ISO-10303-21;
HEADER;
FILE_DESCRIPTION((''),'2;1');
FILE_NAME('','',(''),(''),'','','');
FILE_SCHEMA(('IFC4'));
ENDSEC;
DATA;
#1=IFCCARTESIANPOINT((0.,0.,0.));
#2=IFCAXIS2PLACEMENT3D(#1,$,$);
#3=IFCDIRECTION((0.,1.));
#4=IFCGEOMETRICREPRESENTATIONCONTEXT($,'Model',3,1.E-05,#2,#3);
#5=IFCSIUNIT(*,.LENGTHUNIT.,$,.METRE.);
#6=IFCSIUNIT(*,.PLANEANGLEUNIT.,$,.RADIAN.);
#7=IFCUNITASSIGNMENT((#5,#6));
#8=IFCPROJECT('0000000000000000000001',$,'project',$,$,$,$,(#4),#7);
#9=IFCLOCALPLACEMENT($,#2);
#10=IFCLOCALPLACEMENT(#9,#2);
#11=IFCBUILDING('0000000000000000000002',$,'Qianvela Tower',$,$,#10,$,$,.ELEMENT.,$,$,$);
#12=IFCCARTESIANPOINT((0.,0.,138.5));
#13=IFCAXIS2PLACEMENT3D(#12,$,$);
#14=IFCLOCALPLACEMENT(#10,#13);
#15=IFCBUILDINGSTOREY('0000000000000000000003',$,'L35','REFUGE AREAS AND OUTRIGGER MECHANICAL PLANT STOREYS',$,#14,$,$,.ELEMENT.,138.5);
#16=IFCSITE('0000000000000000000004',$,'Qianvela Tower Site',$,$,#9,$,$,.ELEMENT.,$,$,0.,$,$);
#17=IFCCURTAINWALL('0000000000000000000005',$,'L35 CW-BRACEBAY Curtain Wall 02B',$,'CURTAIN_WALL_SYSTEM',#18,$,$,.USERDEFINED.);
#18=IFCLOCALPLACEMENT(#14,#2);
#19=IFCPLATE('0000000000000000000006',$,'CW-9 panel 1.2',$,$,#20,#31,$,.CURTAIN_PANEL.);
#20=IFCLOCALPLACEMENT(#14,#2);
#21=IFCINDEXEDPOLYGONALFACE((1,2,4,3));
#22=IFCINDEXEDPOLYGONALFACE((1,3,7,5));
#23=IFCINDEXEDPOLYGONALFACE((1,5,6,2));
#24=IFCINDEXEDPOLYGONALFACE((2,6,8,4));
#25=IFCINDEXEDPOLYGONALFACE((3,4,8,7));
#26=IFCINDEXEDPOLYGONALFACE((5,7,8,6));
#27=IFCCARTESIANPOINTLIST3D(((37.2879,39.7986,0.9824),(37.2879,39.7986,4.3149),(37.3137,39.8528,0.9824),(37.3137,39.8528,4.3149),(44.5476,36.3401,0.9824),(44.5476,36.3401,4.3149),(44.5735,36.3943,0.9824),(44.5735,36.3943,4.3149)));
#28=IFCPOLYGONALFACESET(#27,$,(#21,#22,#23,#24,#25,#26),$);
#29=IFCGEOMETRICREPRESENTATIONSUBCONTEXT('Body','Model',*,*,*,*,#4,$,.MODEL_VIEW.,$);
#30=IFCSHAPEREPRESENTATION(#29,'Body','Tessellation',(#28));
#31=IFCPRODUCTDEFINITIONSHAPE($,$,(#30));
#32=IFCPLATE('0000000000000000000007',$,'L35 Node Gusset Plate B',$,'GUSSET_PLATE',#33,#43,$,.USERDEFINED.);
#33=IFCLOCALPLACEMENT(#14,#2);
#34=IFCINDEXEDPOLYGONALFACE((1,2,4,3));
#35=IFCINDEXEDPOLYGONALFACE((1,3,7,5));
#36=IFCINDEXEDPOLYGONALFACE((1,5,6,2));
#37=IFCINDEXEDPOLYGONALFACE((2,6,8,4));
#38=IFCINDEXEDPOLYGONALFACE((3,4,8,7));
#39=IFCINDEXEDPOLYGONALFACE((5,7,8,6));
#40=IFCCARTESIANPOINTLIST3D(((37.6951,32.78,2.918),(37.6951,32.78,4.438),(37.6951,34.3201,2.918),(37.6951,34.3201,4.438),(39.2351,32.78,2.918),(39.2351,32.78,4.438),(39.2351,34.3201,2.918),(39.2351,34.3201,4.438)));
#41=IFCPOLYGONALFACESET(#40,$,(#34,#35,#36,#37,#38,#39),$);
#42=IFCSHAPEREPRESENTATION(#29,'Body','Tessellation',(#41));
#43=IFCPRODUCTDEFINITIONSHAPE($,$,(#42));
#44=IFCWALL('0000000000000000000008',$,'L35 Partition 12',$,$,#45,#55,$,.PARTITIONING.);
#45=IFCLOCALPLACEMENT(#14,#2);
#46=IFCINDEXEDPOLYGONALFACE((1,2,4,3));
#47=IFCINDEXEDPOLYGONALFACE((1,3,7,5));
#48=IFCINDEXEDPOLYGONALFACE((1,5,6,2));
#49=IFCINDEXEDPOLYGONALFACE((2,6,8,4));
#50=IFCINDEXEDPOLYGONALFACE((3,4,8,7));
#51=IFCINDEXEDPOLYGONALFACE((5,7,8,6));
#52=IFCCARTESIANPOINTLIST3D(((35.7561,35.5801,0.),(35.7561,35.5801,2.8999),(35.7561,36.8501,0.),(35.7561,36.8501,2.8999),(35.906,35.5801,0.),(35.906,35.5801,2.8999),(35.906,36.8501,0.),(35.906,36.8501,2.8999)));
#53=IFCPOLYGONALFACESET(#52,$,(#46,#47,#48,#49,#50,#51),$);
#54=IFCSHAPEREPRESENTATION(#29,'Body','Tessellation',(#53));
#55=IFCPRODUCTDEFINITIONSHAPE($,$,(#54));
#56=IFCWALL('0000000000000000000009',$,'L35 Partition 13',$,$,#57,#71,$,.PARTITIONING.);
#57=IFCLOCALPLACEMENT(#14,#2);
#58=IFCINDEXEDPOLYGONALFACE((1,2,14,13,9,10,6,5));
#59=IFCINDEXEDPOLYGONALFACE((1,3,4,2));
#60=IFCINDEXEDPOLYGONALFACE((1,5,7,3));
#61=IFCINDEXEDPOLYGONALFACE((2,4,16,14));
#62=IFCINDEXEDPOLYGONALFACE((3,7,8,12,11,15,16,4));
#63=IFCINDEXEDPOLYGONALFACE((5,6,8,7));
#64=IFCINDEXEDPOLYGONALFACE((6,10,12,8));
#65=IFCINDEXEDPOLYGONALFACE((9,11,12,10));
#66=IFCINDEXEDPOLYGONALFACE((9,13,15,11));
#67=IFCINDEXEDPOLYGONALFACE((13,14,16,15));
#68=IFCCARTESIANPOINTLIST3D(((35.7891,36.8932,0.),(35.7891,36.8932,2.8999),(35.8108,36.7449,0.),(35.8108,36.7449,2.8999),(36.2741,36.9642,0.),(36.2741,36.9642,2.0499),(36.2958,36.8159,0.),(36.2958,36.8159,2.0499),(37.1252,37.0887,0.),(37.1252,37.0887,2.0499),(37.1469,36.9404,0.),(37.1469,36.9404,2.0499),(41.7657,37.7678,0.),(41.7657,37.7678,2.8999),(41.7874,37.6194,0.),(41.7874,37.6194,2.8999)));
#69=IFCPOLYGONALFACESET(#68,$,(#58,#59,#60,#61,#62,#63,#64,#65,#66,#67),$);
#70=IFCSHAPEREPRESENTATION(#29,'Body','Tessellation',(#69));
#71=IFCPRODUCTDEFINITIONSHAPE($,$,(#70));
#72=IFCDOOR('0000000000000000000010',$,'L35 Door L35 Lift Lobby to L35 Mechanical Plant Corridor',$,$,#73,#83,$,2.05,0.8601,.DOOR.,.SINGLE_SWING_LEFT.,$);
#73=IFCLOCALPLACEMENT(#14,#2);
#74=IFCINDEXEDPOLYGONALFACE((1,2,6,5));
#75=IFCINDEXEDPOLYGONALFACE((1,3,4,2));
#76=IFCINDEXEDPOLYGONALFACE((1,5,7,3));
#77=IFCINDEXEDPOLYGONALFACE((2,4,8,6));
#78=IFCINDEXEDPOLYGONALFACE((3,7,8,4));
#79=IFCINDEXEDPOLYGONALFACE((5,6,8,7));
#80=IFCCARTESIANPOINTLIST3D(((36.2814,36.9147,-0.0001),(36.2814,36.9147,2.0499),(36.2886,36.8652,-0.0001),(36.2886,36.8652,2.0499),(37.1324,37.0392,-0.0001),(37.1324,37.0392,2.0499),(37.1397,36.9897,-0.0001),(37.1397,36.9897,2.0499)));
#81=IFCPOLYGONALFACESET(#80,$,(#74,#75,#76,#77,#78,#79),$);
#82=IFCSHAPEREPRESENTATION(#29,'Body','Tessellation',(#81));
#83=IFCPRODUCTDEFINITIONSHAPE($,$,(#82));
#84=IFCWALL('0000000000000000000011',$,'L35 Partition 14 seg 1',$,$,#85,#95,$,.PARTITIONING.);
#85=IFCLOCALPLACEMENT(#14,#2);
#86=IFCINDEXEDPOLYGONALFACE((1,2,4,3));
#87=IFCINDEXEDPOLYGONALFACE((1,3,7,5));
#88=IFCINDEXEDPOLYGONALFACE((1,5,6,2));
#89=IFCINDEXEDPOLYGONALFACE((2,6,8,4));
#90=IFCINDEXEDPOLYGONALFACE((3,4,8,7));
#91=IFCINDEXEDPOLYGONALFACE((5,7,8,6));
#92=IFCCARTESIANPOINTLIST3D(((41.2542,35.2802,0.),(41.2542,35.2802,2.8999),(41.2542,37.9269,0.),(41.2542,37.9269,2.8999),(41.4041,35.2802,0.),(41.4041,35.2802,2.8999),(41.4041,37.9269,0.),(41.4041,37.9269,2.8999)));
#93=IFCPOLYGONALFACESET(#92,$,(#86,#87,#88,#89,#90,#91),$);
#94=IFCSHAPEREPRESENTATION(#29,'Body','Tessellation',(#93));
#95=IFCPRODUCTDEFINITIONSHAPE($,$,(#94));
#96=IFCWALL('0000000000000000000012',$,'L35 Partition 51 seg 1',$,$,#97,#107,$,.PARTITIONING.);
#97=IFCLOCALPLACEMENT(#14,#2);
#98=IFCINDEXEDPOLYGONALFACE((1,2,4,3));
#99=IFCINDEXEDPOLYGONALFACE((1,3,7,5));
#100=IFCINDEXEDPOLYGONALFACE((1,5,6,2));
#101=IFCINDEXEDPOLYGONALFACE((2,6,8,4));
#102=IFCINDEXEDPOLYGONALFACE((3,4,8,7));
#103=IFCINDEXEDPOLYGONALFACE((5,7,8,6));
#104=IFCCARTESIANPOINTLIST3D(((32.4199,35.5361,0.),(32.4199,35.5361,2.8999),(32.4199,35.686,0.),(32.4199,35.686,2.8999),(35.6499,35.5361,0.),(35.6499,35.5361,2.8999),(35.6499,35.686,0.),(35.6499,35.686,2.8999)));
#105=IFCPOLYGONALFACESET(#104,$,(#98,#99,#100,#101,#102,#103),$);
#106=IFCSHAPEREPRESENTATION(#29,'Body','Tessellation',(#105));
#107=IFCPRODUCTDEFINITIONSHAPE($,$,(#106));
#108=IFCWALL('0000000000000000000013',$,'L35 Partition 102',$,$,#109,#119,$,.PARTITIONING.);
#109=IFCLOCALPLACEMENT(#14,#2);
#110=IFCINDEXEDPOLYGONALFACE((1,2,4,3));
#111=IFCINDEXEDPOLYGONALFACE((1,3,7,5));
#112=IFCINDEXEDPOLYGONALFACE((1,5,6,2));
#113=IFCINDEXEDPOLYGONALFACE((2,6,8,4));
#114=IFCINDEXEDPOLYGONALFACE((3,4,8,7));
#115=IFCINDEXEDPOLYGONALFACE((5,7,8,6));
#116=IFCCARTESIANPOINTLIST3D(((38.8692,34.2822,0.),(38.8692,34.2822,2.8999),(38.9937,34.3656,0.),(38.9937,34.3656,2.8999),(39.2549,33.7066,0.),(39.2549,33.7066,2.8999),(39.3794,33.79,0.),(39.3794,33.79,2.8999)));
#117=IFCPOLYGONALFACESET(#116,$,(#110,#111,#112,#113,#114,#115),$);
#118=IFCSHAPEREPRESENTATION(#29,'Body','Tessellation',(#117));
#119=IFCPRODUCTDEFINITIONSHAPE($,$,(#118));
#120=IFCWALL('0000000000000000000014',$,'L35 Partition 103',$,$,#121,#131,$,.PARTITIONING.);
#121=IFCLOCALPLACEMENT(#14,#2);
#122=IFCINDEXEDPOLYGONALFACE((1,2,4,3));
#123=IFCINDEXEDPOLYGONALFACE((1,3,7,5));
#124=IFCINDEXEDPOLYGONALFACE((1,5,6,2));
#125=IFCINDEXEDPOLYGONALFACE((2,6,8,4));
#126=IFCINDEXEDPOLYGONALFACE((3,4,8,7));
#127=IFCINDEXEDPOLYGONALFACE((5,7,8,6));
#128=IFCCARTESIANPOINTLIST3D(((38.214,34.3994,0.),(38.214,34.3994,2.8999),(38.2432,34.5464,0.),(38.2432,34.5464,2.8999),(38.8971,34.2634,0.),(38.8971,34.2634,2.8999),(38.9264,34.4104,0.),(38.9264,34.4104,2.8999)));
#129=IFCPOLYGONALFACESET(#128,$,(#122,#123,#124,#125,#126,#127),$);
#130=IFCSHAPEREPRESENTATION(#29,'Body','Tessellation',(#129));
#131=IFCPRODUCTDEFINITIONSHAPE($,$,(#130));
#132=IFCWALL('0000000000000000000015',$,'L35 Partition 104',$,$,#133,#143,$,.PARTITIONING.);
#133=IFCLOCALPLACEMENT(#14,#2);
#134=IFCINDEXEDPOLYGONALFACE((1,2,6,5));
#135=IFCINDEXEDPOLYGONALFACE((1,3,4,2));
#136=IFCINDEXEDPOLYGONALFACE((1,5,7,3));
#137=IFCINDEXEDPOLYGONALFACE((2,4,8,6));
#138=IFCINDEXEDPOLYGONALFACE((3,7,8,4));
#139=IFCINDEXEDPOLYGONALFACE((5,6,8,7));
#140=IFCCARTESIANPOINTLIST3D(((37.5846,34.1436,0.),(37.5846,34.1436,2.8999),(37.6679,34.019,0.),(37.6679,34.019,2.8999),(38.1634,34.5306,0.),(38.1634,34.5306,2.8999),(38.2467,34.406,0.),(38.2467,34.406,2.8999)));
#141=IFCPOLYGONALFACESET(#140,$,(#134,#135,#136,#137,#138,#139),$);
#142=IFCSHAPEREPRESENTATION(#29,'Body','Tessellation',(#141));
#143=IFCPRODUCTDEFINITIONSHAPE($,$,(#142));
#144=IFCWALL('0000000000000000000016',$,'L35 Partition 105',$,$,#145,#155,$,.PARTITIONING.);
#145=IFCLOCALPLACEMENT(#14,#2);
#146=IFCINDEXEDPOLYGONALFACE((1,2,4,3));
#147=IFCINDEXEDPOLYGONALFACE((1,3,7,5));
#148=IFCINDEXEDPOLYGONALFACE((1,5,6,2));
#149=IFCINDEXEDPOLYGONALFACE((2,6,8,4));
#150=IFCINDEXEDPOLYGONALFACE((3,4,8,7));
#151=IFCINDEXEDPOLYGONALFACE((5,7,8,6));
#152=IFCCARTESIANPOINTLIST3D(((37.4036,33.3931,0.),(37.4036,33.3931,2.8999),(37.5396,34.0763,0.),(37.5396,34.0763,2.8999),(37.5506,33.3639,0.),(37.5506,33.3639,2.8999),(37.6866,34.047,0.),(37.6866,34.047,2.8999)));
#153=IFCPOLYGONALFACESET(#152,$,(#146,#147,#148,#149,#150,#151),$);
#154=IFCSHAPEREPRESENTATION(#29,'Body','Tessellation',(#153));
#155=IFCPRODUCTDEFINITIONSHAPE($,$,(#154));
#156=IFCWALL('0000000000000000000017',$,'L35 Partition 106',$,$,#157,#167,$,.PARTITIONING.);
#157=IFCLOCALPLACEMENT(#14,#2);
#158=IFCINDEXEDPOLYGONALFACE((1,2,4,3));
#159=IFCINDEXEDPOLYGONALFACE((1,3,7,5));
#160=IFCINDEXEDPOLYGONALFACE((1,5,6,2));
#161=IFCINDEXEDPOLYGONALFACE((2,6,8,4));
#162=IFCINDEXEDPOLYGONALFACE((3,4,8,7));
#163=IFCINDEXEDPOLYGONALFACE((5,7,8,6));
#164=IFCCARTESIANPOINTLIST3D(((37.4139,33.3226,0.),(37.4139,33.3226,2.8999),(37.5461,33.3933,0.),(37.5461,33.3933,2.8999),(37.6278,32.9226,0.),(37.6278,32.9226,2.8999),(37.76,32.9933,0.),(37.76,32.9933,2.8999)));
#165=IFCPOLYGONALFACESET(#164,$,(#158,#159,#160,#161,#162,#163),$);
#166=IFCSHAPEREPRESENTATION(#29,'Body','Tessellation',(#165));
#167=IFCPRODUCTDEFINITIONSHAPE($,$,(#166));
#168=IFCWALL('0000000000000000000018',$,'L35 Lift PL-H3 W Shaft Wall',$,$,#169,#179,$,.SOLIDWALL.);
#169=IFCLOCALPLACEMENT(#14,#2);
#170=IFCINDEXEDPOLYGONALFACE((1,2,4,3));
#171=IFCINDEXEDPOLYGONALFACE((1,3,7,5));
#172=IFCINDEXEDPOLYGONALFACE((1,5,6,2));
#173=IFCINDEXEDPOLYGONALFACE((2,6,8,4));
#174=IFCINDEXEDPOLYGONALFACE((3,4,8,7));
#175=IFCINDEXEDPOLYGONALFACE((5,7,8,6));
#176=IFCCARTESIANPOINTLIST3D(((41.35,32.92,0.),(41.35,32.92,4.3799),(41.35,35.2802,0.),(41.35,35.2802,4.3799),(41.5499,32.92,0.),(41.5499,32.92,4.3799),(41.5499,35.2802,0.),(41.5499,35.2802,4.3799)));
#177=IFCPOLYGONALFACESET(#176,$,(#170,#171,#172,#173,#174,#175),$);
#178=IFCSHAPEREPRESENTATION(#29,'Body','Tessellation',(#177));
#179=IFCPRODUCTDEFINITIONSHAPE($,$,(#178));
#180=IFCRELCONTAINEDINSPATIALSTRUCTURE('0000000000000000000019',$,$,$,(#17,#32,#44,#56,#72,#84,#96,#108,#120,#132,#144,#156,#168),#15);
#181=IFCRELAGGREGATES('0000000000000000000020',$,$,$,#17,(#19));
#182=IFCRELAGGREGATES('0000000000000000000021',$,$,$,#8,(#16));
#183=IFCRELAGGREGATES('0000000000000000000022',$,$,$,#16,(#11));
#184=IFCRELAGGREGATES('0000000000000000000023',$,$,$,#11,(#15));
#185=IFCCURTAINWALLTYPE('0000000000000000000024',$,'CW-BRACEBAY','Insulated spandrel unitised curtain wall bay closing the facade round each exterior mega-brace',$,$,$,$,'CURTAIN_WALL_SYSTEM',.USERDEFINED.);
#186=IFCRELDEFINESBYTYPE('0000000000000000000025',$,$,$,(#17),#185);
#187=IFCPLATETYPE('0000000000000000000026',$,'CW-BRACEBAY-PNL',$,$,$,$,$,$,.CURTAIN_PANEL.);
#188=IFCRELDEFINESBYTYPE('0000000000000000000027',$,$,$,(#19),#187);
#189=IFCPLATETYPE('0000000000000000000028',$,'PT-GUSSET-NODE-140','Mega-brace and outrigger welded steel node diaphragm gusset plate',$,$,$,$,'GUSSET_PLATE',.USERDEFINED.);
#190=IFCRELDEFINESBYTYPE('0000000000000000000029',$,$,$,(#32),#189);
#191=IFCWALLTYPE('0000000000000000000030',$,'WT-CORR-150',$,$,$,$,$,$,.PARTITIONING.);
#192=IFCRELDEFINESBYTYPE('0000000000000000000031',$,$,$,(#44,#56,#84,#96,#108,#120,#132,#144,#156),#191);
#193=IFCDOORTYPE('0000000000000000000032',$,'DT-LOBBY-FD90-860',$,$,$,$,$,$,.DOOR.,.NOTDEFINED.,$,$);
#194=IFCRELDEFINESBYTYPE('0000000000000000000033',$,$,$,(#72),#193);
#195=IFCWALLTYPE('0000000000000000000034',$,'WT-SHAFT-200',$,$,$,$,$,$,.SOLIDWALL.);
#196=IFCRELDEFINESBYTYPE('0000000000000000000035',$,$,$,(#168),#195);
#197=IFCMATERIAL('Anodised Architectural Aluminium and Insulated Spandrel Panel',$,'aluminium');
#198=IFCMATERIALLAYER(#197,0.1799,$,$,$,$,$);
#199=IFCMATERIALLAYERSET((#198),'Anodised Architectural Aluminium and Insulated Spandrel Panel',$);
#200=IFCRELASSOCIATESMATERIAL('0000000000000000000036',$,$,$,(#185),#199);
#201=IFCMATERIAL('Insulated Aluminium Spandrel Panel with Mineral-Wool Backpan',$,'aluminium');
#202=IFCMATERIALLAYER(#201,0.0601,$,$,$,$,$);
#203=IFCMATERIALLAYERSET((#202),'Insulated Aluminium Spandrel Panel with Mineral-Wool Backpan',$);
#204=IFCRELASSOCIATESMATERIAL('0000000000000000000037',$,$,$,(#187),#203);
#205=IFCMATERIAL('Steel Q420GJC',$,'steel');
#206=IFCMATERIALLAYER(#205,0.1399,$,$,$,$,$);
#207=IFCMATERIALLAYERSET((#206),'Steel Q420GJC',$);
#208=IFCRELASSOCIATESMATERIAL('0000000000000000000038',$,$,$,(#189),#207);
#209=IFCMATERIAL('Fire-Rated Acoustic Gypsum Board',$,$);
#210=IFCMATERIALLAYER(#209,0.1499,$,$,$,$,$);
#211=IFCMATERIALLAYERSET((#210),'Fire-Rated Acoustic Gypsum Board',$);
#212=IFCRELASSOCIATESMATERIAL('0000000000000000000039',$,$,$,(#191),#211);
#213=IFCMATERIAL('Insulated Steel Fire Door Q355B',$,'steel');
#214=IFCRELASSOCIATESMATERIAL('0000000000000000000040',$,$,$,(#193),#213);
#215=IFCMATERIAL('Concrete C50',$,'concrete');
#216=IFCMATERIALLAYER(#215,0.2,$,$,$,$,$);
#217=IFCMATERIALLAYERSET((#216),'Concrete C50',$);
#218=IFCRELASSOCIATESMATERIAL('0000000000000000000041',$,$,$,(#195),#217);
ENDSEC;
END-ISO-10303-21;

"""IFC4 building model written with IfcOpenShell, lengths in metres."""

from ifc_helpers import new_model, si_unit, direction, frame, frame_2d, origin, origin_2d, place, context, subcontext, project, spatial, rectangle, extrude, material, layer, layer_set, type_object, element, fill, aggregate, save


model = new_model("IFC4")

# Units and contexts
model_context = context("Model", 3, precision=1e-05, world=origin(), true_north=direction((0.0, 1.0)))
body_context = subcontext(model_context, "Body", "Model", "MODEL_VIEW")
ifc_project = project(units=[si_unit("LENGTHUNIT", "METRE"), si_unit("PLANEANGLEUNIT", "RADIAN")], contexts=[model_context])

# Site, building, storey
site_placement = place(None, origin())
site = spatial("IfcSite", under=ifc_project, at=site_placement, Name="Qianvela Tower Site", CompositionType="ELEMENT", RefElevation=0.0)
building_placement = place(site_placement, origin())
building = spatial("IfcBuilding", under=site, at=building_placement, Name="Qianvela Tower", CompositionType="ELEMENT")
storey_placement = place(building_placement, frame((0.0, 0.0, 138.5)))
storey = spatial("IfcBuildingStorey", under=building, at=storey_placement, Name="L35", Description="REFUGE AREAS AND OUTRIGGER MECHANICAL PLANT STOREYS", CompositionType="ELEMENT", Elevation=138.5)

# Curtain wall, plate
ifc_material_1 = material(Name="Anodised Architectural Aluminium and Insulated Spandrel Panel", Category="aluminium")
ifc_layer_1 = layer(ifc_material_1, 0.1799)
ifc_layer_set_1 = layer_set([ifc_layer_1], Name="Anodised Architectural Aluminium and Insulated Spandrel Panel")
curtain_wall_type = type_object("IfcCurtainWallType", Name="CW-BRACEBAY", Description="Insulated spandrel unitised curtain wall bay closing the facade round each exterior mega-brace", ElementType="CURTAIN_WALL_SYSTEM", PredefinedType="USERDEFINED", material=ifc_layer_set_1)
curtain_wall_placement = place(storey_placement, origin())
curtain_wall = element("IfcCurtainWall", 1, at=curtain_wall_placement, inside=storey, type_object=curtain_wall_type, Name="L35 CW-BRACEBAY Curtain Wall 02B", ObjectType="CURTAIN_WALL_SYSTEM", PredefinedType="USERDEFINED")
ifc_material_2 = material(Name="Insulated Aluminium Spandrel Panel with Mineral-Wool Backpan", Category="aluminium")
ifc_layer_2 = layer(ifc_material_2, 0.0601)
ifc_layer_set_2 = layer_set([ifc_layer_2], Name="Insulated Aluminium Spandrel Panel with Mineral-Wool Backpan")
plate_type_1 = type_object("IfcPlateType", Name="CW-BRACEBAY-PNL", PredefinedType="CURTAIN_PANEL", material=ifc_layer_set_2)
plate_1_placement = place(storey_placement, frame((40.9307, 38.0964, 0.9824), z_axis=(0.0, 0.0, 1.0), x_axis=(-0.902788, 0.430086, 0.0)))
plate_1 = element("IfcPlate", 2, at=plate_1_placement, type_object=plate_type_1, Name="CW-9 panel 1.2", PredefinedType="CURTAIN_PANEL", context=body_context, shape_type="SweptSolid", body=[
    extrude(rectangle(XDim=8.0415, YDim=0.0601, at=origin_2d()), origin(), (0.0, 0.0, 1.0), 3.3325),
])
aggregate(curtain_wall, [plate_1])

# Plate
ifc_material_3 = material(Name="Steel Q420GJC", Category="steel")
ifc_layer_3 = layer(ifc_material_3, 0.1399)
ifc_layer_set_3 = layer_set([ifc_layer_3], Name="Steel Q420GJC")
plate_type_2 = type_object("IfcPlateType", Name="PT-GUSSET-NODE-140", Description="Mega-brace and outrigger welded steel node diaphragm gusset plate", ElementType="GUSSET_PLATE", PredefinedType="USERDEFINED", material=ifc_layer_set_3)
plate_2_placement = place(storey_placement, frame((38.4651, 33.55, 2.918), z_axis=(0.0, 0.0, 1.0), x_axis=(1.0, 0.0, 0.0)))
element("IfcPlate", 3, at=plate_2_placement, inside=storey, type_object=plate_type_2, Name="L35 Node Gusset Plate B", ObjectType="GUSSET_PLATE", PredefinedType="USERDEFINED", context=body_context, shape_type="SweptSolid", body=[
    extrude(rectangle(XDim=1.54, YDim=1.54, at=origin_2d()), origin(), (0.0, 0.0, 1.0), 1.52),
])

# Shared definitions
ifc_material_4 = material(Name="Fire-Rated Acoustic Gypsum Board")
ifc_layer_4 = layer(ifc_material_4, 0.1499)
ifc_layer_set_4 = layer_set([ifc_layer_4], Name="Fire-Rated Acoustic Gypsum Board")
wall_type_1 = type_object("IfcWallType", Name="WT-CORR-150", PredefinedType="PARTITIONING", material=ifc_layer_set_4)

# Wall
wall_1_placement = place(storey_placement, frame((35.8311, 35.5801, 0.0), z_axis=(0.0, 0.0, 1.0), x_axis=(0.0, 1.0, 0.0)))
element("IfcWall", 4, at=wall_1_placement, inside=storey, type_object=wall_type_1, Name="L35 Partition 12", PredefinedType="PARTITIONING", context=body_context, shape_type="SweptSolid", body=[
    extrude(rectangle(XDim=1.27, YDim=0.1499, at=frame_2d((0.635, 0.0))), origin(), (0.0, 0.0, 1.0), 2.8999),
])

# Wall, opening, door
wall_2_placement = place(storey_placement, frame((35.8, 36.8191, 0.0), z_axis=(0.0, 0.0, 1.0), x_axis=(0.989464, 0.144782, 0.0)))
wall_2 = element("IfcWall", 5, at=wall_2_placement, inside=storey, type_object=wall_type_1, Name="L35 Partition 13", PredefinedType="PARTITIONING", context=body_context, shape_type="SweptSolid", body=[
    extrude(rectangle(XDim=6.0403, YDim=0.1499, at=frame_2d((3.02, 0.0))), origin(), (0.0, 0.0, 1.0), 2.8999),
])
opening_1_placement = place(wall_2_placement, frame((0.49, 0.0, 0.0)))
opening_1 = element("IfcOpeningElement", 6, at=opening_1_placement, cuts=wall_2, PredefinedType="OPENING", context=body_context, shape_type="SweptSolid", body=[
    extrude(rectangle(XDim=0.8601, YDim=2.05, at=frame_2d((0.4302, 1.0249))), frame((0.0, 0.085, 0.0), z_axis=(0.0, -1.0, 0.0), x_axis=(1.0, 0.0, 0.0)), (0.0, 0.0, 1.0), 0.1699),
])
ifc_material_5 = material(Name="Insulated Steel Fire Door Q355B", Category="steel")
door_type_1 = type_object("IfcDoorType", Name="DT-LOBBY-FD90-860", OperationType="NOTDEFINED", PredefinedType="DOOR", material=ifc_material_5)
door_1_placement = place(opening_1_placement, origin())
door_1 = element("IfcDoor", 7, at=door_1_placement, inside=storey, type_object=door_type_1, Name="L35 Door L35 Lift Lobby to L35 Mechanical Plant Corridor", OperationType="SINGLE_SWING_LEFT", OverallHeight=2.05, OverallWidth=0.8601, PredefinedType="DOOR", context=body_context, shape_type="SweptSolid", body=[
    extrude(rectangle(XDim=0.8601, YDim=2.05, at=frame_2d((0.4302, 1.0249))), frame((0.0, 0.0249, 0.0), z_axis=(0.0, -1.0, 0.0), x_axis=(1.0, 0.0, 0.0)), (0.0, 0.0, 1.0), 0.05),
])
fill(opening_1, door_1)

# Walls
wall_3_placement = place(storey_placement, frame((41.3291, 37.9268, 0.0), z_axis=(0.0, 0.0, 1.0), x_axis=(0.0, -1.0, 0.0)))
element("IfcWall", 8, at=wall_3_placement, inside=storey, type_object=wall_type_1, Name="L35 Partition 14 seg 1", PredefinedType="PARTITIONING", context=body_context, shape_type="SweptSolid", body=[
    extrude(rectangle(XDim=2.6467, YDim=0.1499, at=frame_2d((1.3232, 0.0))), origin(), (0.0, 0.0, 1.0), 2.8999),
])
wall_4_placement = place(storey_placement, frame((35.6499, 35.6111, 0.0), z_axis=(0.0, 0.0, 1.0), x_axis=(-1.0, 0.0, 0.0)))
element("IfcWall", 9, at=wall_4_placement, inside=storey, type_object=wall_type_1, Name="L35 Partition 51 seg 1", PredefinedType="PARTITIONING", context=body_context, shape_type="SweptSolid", body=[
    extrude(rectangle(XDim=3.23, YDim=0.1499, at=frame_2d((1.615, 0.0))), origin(), (0.0, 0.0, 1.0), 2.8999),
])
wall_5_placement = place(storey_placement, frame((39.3171, 33.7483, 0.0), z_axis=(0.0, 0.0, 1.0), x_axis=(-0.55665, 0.830747, 0.0)))
element("IfcWall", 10, at=wall_5_placement, inside=storey, type_object=wall_type_1, Name="L35 Partition 102", PredefinedType="PARTITIONING", context=body_context, shape_type="SweptSolid", body=[
    extrude(rectangle(XDim=0.6929, YDim=0.1499, at=frame_2d((0.3464, 0.0))), origin(), (0.0, 0.0, 1.0), 2.8999),
])
wall_6_placement = place(storey_placement, frame((38.9116, 34.3369, 0.0), z_axis=(0.0, 0.0, 1.0), x_axis=(-0.980756, 0.19524, 0.0)))
element("IfcWall", 11, at=wall_6_placement, inside=storey, type_object=wall_type_1, Name="L35 Partition 103", PredefinedType="PARTITIONING", context=body_context, shape_type="SweptSolid", body=[
    extrude(rectangle(XDim=0.6965, YDim=0.1499, at=frame_2d((0.3481, 0.0))), origin(), (0.0, 0.0, 1.0), 2.8999),
])
wall_7_placement = place(storey_placement, frame((38.2051, 34.4683, 0.0), z_axis=(0.0, 0.0, 1.0), x_axis=(-0.831348, -0.555752, 0.0)))
element("IfcWall", 12, at=wall_7_placement, inside=storey, type_object=wall_type_1, Name="L35 Partition 104", PredefinedType="PARTITIONING", context=body_context, shape_type="SweptSolid", body=[
    extrude(rectangle(XDim=0.6963, YDim=0.1499, at=frame_2d((0.3481, 0.0))), origin(), (0.0, 0.0, 1.0), 2.8999),
])
wall_8_placement = place(storey_placement, frame((37.613, 34.0615, 0.0), z_axis=(0.0, 0.0, 1.0), x_axis=(-0.19524, -0.980756, 0.0)))
element("IfcWall", 13, at=wall_8_placement, inside=storey, type_object=wall_type_1, Name="L35 Partition 105", PredefinedType="PARTITIONING", context=body_context, shape_type="SweptSolid", body=[
    extrude(rectangle(XDim=0.6965, YDim=0.1499, at=frame_2d((0.3481, 0.0))), origin(), (0.0, 0.0, 1.0), 2.8999),
])
wall_9_placement = place(storey_placement, frame((37.48, 33.3579, 0.0), z_axis=(0.0, 0.0, 1.0), x_axis=(0.471594, -0.881816, 0.0)))
element("IfcWall", 14, at=wall_9_placement, inside=storey, type_object=wall_type_1, Name="L35 Partition 106", PredefinedType="PARTITIONING", context=body_context, shape_type="SweptSolid", body=[
    extrude(rectangle(XDim=0.4536, YDim=0.1499, at=frame_2d((0.2268, 0.0))), origin(), (0.0, 0.0, 1.0), 2.8999),
])
ifc_material_6 = material(Name="Concrete C50", Category="concrete")
ifc_layer_5 = layer(ifc_material_6, 0.2)
ifc_layer_set_5 = layer_set([ifc_layer_5], Name="Concrete C50")
wall_type_2 = type_object("IfcWallType", Name="WT-SHAFT-200", PredefinedType="SOLIDWALL", material=ifc_layer_set_5)
wall_10_placement = place(storey_placement, frame((41.45, 32.9199, 0.0), z_axis=(0.0, 0.0, 1.0), x_axis=(0.0, 1.0, 0.0)))
element("IfcWall", 15, at=wall_10_placement, inside=storey, type_object=wall_type_2, Name="L35 Lift PL-H3 W Shaft Wall", PredefinedType="SOLIDWALL", context=body_context, shape_type="SweptSolid", body=[
    extrude(rectangle(XDim=2.3601, YDim=0.2, at=frame_2d((1.1802, 0.0))), origin(), (0.0, 0.0, 1.0), 4.3799),
])

save(model, "model.ifc")
